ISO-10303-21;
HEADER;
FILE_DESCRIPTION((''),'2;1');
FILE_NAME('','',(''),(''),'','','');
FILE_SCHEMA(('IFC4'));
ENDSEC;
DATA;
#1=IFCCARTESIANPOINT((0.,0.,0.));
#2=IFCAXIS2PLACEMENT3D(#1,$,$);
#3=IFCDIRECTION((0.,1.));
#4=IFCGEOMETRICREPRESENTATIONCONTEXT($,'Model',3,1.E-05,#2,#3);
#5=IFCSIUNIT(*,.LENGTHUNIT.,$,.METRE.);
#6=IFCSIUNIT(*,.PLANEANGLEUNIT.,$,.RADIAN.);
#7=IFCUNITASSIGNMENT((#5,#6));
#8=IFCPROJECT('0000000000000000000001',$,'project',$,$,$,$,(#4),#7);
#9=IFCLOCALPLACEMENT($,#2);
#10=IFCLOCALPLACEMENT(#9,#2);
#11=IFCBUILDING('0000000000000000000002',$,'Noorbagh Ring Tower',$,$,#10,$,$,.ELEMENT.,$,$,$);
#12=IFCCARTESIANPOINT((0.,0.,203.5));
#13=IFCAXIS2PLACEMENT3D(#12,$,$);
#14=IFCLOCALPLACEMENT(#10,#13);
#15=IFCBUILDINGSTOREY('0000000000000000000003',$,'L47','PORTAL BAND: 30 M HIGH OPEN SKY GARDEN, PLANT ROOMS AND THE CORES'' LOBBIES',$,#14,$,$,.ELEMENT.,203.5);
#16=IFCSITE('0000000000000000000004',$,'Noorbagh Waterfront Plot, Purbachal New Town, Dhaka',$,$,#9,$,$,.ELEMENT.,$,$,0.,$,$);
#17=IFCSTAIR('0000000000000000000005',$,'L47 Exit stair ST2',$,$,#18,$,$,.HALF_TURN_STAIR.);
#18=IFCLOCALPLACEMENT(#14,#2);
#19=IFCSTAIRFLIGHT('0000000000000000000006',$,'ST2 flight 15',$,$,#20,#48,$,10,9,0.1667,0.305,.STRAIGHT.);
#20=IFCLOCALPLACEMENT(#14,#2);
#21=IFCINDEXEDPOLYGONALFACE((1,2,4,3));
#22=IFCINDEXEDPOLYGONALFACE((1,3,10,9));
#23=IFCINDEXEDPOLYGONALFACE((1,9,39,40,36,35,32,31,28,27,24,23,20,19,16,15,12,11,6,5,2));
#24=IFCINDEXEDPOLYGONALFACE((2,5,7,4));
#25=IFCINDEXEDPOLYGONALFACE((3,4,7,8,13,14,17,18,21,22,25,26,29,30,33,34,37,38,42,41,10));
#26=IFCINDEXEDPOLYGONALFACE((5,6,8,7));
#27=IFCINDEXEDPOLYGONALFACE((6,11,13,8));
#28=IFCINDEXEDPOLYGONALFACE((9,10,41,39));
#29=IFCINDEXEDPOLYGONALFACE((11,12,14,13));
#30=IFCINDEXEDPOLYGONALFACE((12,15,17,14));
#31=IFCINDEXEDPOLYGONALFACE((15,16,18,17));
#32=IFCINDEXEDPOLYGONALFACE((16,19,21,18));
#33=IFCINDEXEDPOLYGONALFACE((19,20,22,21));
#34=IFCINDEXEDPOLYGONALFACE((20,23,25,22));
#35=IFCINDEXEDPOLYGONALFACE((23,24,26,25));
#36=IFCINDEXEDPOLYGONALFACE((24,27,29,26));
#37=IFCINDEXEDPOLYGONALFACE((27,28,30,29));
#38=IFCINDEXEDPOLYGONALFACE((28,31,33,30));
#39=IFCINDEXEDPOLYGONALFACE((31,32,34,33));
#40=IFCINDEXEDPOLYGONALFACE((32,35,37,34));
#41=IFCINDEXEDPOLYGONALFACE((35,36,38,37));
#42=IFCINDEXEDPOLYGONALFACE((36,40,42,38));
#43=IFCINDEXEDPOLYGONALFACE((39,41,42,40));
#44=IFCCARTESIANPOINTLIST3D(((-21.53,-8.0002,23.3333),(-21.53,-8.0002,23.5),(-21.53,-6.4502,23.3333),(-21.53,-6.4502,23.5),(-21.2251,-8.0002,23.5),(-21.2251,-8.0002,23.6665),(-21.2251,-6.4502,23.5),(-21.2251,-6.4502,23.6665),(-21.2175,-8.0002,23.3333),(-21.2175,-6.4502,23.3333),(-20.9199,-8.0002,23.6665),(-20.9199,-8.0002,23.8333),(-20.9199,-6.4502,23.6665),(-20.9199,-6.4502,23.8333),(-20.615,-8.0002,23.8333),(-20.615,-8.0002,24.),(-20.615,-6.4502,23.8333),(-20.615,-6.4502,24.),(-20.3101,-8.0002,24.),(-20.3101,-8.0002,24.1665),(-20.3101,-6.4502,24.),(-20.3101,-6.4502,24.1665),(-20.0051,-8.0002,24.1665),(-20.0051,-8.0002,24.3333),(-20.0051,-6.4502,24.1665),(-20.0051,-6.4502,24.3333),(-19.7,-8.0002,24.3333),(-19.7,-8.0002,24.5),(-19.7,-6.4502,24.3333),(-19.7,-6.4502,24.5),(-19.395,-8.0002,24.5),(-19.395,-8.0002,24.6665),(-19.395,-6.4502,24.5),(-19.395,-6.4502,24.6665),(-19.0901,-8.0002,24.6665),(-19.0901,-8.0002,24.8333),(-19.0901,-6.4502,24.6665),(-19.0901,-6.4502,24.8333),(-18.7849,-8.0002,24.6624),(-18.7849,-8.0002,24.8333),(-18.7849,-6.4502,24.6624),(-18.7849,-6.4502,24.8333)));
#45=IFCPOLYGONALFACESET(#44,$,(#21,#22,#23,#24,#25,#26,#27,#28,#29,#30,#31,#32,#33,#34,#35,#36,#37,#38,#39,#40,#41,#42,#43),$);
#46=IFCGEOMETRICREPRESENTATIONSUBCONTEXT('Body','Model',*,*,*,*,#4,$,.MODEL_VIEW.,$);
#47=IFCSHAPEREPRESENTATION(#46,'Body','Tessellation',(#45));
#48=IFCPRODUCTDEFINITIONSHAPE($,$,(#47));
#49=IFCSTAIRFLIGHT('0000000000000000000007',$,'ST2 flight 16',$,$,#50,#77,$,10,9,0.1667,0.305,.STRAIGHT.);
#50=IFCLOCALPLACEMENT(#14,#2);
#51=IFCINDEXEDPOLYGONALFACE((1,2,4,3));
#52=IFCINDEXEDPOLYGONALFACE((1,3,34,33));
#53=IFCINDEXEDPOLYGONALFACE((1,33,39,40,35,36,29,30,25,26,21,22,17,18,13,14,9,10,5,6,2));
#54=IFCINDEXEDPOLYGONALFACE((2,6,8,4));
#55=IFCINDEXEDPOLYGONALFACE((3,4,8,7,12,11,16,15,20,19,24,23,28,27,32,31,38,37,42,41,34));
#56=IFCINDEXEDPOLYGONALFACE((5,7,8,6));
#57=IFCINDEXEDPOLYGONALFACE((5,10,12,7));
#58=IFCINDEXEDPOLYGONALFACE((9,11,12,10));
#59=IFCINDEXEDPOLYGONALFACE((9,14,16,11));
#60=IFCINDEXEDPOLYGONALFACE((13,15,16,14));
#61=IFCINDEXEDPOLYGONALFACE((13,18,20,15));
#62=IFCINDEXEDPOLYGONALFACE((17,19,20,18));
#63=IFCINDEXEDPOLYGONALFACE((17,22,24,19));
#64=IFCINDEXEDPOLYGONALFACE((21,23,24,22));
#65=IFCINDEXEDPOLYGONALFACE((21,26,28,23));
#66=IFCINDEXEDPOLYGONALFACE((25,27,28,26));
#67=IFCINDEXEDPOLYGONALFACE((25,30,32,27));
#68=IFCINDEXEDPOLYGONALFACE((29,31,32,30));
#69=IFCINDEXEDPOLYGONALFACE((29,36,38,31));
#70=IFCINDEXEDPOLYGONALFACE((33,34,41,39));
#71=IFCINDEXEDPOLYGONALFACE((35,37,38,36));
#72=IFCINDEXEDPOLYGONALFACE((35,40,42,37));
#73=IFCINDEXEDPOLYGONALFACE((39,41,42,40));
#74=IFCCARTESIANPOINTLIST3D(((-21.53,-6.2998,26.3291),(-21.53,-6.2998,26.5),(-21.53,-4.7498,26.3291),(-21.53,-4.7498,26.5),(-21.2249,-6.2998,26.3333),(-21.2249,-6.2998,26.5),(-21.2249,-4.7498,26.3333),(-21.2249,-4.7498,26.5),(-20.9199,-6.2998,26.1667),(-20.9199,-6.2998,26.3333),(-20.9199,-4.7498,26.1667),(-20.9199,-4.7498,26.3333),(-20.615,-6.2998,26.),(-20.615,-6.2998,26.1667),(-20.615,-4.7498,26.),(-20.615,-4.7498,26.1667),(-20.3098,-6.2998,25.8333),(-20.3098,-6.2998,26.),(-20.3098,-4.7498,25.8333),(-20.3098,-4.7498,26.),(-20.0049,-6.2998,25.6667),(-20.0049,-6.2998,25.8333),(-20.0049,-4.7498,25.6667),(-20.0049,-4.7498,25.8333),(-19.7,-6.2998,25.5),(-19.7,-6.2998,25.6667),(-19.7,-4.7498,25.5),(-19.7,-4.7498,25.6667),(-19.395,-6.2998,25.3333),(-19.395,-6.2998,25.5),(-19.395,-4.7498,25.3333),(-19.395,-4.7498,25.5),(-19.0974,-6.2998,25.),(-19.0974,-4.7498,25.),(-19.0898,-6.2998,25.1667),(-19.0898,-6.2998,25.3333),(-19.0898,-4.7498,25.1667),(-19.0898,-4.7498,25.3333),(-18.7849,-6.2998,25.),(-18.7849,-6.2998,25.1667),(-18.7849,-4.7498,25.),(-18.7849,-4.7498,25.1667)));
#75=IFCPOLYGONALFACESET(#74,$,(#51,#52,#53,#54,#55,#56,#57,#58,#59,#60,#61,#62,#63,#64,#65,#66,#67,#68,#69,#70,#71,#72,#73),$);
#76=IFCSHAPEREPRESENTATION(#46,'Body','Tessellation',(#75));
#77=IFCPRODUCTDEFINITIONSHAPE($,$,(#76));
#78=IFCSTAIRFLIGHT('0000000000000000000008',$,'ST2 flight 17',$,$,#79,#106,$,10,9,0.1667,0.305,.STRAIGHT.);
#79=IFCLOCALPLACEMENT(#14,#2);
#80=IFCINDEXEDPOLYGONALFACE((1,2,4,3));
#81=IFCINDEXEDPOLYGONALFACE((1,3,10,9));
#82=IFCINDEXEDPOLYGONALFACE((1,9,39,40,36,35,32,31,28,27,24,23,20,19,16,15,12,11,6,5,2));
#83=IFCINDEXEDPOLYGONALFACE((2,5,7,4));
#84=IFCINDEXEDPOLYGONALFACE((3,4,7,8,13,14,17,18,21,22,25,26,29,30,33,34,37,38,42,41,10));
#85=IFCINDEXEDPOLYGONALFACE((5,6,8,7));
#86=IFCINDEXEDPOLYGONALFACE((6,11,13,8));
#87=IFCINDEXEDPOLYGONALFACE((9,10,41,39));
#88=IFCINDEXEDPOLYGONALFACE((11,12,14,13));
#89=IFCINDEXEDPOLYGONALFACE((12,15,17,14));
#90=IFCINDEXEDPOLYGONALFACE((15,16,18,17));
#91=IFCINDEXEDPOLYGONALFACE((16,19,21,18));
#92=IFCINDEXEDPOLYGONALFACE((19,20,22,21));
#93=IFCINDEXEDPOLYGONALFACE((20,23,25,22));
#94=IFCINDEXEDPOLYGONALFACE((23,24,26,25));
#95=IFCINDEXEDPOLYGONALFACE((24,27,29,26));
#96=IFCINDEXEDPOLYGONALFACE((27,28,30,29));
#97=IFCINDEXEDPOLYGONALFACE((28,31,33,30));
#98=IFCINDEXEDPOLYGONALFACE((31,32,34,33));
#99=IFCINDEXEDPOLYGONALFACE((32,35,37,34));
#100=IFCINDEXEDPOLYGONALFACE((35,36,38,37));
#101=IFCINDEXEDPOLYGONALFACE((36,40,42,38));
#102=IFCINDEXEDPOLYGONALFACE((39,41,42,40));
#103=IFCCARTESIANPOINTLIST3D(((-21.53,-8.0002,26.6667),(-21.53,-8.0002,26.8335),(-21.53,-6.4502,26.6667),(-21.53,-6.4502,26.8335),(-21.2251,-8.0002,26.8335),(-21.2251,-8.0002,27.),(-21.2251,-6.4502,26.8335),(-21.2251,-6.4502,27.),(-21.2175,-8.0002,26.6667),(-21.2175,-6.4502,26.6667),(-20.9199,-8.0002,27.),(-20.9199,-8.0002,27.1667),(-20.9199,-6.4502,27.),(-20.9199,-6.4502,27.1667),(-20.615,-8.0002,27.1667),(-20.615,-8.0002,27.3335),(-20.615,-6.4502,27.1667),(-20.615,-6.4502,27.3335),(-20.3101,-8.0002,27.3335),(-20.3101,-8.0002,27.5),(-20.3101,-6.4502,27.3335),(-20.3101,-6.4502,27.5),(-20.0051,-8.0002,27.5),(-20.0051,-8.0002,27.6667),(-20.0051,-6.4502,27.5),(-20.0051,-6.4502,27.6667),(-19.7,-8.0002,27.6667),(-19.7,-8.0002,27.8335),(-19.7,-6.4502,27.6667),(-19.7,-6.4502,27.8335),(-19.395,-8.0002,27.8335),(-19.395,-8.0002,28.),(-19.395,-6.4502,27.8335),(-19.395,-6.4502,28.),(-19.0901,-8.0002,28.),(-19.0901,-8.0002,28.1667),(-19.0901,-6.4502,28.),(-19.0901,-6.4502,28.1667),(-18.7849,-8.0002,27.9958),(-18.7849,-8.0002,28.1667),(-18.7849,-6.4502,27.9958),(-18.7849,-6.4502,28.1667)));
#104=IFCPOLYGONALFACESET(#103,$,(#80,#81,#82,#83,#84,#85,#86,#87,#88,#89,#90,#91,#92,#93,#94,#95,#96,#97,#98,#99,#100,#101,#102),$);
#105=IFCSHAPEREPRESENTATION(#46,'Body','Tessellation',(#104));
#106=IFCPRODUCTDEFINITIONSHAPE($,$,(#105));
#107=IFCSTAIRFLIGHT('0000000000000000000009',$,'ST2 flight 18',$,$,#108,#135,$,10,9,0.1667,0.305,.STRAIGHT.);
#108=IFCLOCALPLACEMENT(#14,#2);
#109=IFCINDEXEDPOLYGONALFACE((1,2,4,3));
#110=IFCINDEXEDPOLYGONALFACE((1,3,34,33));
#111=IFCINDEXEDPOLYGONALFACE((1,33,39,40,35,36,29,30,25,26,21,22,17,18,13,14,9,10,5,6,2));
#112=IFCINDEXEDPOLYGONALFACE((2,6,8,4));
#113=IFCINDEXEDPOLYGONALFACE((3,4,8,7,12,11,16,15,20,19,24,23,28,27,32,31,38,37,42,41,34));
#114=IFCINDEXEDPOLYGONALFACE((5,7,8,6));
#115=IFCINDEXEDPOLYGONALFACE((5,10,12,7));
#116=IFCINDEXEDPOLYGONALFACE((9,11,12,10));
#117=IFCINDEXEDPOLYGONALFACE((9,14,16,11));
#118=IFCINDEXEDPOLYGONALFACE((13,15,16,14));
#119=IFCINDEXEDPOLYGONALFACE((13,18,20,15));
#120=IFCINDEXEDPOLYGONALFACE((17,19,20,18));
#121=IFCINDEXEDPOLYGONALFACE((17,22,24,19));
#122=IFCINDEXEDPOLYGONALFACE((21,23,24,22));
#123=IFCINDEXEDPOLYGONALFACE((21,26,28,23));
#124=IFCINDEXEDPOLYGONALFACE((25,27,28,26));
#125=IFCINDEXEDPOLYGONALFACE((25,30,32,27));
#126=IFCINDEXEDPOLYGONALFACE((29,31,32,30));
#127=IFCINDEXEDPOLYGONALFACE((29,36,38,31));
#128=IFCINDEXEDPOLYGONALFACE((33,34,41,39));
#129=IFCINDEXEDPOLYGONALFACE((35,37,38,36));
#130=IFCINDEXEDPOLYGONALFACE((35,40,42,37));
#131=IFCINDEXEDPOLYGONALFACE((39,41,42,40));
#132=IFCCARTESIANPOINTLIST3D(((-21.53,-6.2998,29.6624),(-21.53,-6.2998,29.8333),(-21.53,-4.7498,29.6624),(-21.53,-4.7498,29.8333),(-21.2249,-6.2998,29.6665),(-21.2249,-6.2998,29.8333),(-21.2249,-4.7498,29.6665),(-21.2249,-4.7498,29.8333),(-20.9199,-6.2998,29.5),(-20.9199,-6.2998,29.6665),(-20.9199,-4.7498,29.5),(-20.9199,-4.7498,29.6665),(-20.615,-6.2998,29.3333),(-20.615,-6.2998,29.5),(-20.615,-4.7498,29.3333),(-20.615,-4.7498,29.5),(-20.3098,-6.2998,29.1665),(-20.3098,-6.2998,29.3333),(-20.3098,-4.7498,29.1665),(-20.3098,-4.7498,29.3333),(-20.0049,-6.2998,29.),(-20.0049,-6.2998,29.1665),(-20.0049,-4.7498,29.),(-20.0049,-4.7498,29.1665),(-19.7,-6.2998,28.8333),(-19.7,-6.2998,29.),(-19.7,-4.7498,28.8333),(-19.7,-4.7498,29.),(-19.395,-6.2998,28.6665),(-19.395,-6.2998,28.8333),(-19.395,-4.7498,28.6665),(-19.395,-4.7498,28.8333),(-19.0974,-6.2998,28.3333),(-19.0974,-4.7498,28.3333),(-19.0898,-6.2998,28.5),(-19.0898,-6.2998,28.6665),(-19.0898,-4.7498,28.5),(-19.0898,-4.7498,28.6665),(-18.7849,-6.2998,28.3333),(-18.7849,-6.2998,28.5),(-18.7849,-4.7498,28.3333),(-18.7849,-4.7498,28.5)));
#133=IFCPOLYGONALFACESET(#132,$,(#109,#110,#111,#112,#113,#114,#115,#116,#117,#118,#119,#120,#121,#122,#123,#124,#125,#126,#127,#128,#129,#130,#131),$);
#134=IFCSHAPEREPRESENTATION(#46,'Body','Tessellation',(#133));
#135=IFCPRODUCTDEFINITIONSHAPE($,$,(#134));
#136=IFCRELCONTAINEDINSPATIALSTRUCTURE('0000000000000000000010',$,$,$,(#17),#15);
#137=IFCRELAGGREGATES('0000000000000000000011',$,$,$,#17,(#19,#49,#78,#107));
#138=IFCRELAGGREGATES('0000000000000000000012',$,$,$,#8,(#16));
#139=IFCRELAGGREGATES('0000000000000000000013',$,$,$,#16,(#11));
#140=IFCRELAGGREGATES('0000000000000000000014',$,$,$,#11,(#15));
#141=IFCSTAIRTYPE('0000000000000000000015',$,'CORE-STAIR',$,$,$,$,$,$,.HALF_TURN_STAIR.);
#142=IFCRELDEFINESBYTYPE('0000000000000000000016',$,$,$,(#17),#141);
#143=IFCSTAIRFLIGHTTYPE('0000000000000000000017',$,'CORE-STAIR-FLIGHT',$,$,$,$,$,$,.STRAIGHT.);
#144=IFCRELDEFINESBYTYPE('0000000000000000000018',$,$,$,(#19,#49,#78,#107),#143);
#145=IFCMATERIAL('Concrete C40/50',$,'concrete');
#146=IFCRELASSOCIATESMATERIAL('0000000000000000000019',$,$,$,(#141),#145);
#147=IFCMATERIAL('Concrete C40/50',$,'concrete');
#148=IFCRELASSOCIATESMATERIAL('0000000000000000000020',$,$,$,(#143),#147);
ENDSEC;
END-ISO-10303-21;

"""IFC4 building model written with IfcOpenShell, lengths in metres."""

from ifc_helpers import new_model, si_unit, direction, frame, origin, place, context, subcontext, project, spatial, polyline, outline, extrude, material, type_object, element, aggregate, save


model = new_model("IFC4")

# Units and contexts
model_context = context("Model", 3, precision=1e-05, world=origin(), true_north=direction((0.0, 1.0)))
body_context = subcontext(model_context, "Body", "Model", "MODEL_VIEW")
ifc_project = project(units=[si_unit("LENGTHUNIT", "METRE"), si_unit("PLANEANGLEUNIT", "RADIAN")], contexts=[model_context])

# Site, building, storey
site_placement = place(None, origin())
site = spatial("IfcSite", under=ifc_project, at=site_placement, Name="Noorbagh Waterfront Plot, Purbachal New Town, Dhaka", CompositionType="ELEMENT", RefElevation=0.0)
building_placement = place(site_placement, origin())
building = spatial("IfcBuilding", under=site, at=building_placement, Name="Noorbagh Ring Tower", CompositionType="ELEMENT")
storey_placement = place(building_placement, frame((0.0, 0.0, 203.5)))
storey = spatial("IfcBuildingStorey", under=building, at=storey_placement, Name="L47", Description="PORTAL BAND: 30 M HIGH OPEN SKY GARDEN, PLANT ROOMS AND THE CORES' LOBBIES", CompositionType="ELEMENT", Elevation=203.5)

# Stair, stair flights
ifc_material_1 = material(Name="Concrete C40/50", Category="concrete")
stair_type = type_object("IfcStairType", Name="CORE-STAIR", PredefinedType="HALF_TURN_STAIR", material=ifc_material_1)
stair_placement = place(storey_placement, origin())
stair = element("IfcStair", 1, at=stair_placement, inside=storey, type_object=stair_type, Name="L47 Exit stair ST2", PredefinedType="HALF_TURN_STAIR")
ifc_material_2 = material(Name="Concrete C40/50", Category="concrete")
stair_flight_type = type_object("IfcStairFlightType", Name="CORE-STAIR-FLIGHT", PredefinedType="STRAIGHT", material=ifc_material_2)
stair_flight_1_placement = place(storey_placement, frame((-21.53, -7.2251, 23.3333), z_axis=(0.0, 0.0, 1.0), x_axis=(1.0, 0.0, 0.0)))
stair_flight_1 = element("IfcStairFlight", 2, at=stair_flight_1_placement, type_object=stair_flight_type, Name="ST2 flight 15", NumberOfRisers=10, NumberOfTreads=9, PredefinedType="STRAIGHT", RiserHeight=0.1667, TreadLength=0.305, context=body_context, shape_type="SweptSolid", body=[
    extrude(outline(polyline([(0.0, 0.0), (0.0, 0.1667), (0.3049, 0.1667), (0.3049, 0.3333), (0.6101, 0.3333), (0.6101, 0.5), (0.915, 0.5), (0.915, 0.6667), (1.22, 0.6667), (1.22, 0.8333), (1.5249, 0.8333), (1.5249, 1.0), (1.8301, 1.0), (1.8301, 1.1667), (2.135, 1.1667), (2.135, 1.3333), (2.4399, 1.3333), (2.4399, 1.5), (2.7451, 1.5), (2.7451, 1.6667), (2.7451, 1.3291), (0.3125, 0.0), (0.0, 0.0)])), frame((0.0, 0.7749, 0.0), z_axis=(0.0, -1.0, 0.0), x_axis=(1.0, 0.0, 0.0)), (0.0, 0.0, 1.0), 1.55),
])
stair_flight_2_placement = place(storey_placement, frame((-18.7849, -5.5249, 25.0), z_axis=(0.0, 0.0, 1.0), x_axis=(-1.0, 0.0, 0.0)))
stair_flight_2 = element("IfcStairFlight", 3, at=stair_flight_2_placement, type_object=stair_flight_type, Name="ST2 flight 16", NumberOfRisers=10, NumberOfTreads=9, PredefinedType="STRAIGHT", RiserHeight=0.1667, TreadLength=0.305, context=body_context, shape_type="SweptSolid", body=[
    extrude(outline(polyline([(0.0, 0.0), (0.0, 0.1667), (0.3049, 0.1667), (0.3049, 0.3333), (0.6101, 0.3333), (0.6101, 0.5), (0.915, 0.5), (0.915, 0.6667), (1.22, 0.6667), (1.22, 0.8333), (1.5249, 0.8333), (1.5249, 1.0), (1.8301, 1.0), (1.8301, 1.1667), (2.135, 1.1667), (2.135, 1.3333), (2.4399, 1.3333), (2.4399, 1.5), (2.7451, 1.5), (2.7451, 1.6667), (2.7451, 1.3291), (0.3125, 0.0), (0.0, 0.0)])), frame((0.0, 0.7749, 0.0), z_axis=(0.0, -1.0, 0.0), x_axis=(1.0, 0.0, 0.0)), (0.0, 0.0, 1.0), 1.55),
])
stair_flight_3_placement = place(storey_placement, frame((-21.53, -7.2251, 26.6667), z_axis=(0.0, 0.0, 1.0), x_axis=(1.0, 0.0, 0.0)))
stair_flight_3 = element("IfcStairFlight", 4, at=stair_flight_3_placement, type_object=stair_flight_type, Name="ST2 flight 17", NumberOfRisers=10, NumberOfTreads=9, PredefinedType="STRAIGHT", RiserHeight=0.1667, TreadLength=0.305, context=body_context, shape_type="SweptSolid", body=[
    extrude(outline(polyline([(0.0, 0.0), (0.0, 0.1667), (0.3049, 0.1667), (0.3049, 0.3333), (0.6101, 0.3333), (0.6101, 0.5), (0.915, 0.5), (0.915, 0.6667), (1.22, 0.6667), (1.22, 0.8333), (1.5249, 0.8333), (1.5249, 1.0), (1.8301, 1.0), (1.8301, 1.1667), (2.135, 1.1667), (2.135, 1.3333), (2.4399, 1.3333), (2.4399, 1.5), (2.7451, 1.5), (2.7451, 1.6667), (2.7451, 1.3291), (0.3125, 0.0), (0.0, 0.0)])), frame((0.0, 0.7749, 0.0), z_axis=(0.0, -1.0, 0.0), x_axis=(1.0, 0.0, 0.0)), (0.0, 0.0, 1.0), 1.55),
])
stair_flight_4_placement = place(storey_placement, frame((-18.7849, -5.5249, 28.3333), z_axis=(0.0, 0.0, 1.0), x_axis=(-1.0, 0.0, 0.0)))
stair_flight_4 = element("IfcStairFlight", 5, at=stair_flight_4_placement, type_object=stair_flight_type, Name="ST2 flight 18", NumberOfRisers=10, NumberOfTreads=9, PredefinedType="STRAIGHT", RiserHeight=0.1667, TreadLength=0.305, context=body_context, shape_type="SweptSolid", body=[
    extrude(outline(polyline([(0.0, 0.0), (0.0, 0.1667), (0.3049, 0.1667), (0.3049, 0.3333), (0.6101, 0.3333), (0.6101, 0.5), (0.915, 0.5), (0.915, 0.6667), (1.22, 0.6667), (1.22, 0.8333), (1.5249, 0.8333), (1.5249, 1.0), (1.8301, 1.0), (1.8301, 1.1667), (2.135, 1.1667), (2.135, 1.3333), (2.4399, 1.3333), (2.4399, 1.5), (2.7451, 1.5), (2.7451, 1.6667), (2.7451, 1.3291), (0.3125, 0.0), (0.0, 0.0)])), frame((0.0, 0.7749, 0.0), z_axis=(0.0, -1.0, 0.0), x_axis=(1.0, 0.0, 0.0)), (0.0, 0.0, 1.0), 1.55),
])
aggregate(stair, [stair_flight_1, stair_flight_2, stair_flight_3, stair_flight_4])

save(model, "model.ifc")
